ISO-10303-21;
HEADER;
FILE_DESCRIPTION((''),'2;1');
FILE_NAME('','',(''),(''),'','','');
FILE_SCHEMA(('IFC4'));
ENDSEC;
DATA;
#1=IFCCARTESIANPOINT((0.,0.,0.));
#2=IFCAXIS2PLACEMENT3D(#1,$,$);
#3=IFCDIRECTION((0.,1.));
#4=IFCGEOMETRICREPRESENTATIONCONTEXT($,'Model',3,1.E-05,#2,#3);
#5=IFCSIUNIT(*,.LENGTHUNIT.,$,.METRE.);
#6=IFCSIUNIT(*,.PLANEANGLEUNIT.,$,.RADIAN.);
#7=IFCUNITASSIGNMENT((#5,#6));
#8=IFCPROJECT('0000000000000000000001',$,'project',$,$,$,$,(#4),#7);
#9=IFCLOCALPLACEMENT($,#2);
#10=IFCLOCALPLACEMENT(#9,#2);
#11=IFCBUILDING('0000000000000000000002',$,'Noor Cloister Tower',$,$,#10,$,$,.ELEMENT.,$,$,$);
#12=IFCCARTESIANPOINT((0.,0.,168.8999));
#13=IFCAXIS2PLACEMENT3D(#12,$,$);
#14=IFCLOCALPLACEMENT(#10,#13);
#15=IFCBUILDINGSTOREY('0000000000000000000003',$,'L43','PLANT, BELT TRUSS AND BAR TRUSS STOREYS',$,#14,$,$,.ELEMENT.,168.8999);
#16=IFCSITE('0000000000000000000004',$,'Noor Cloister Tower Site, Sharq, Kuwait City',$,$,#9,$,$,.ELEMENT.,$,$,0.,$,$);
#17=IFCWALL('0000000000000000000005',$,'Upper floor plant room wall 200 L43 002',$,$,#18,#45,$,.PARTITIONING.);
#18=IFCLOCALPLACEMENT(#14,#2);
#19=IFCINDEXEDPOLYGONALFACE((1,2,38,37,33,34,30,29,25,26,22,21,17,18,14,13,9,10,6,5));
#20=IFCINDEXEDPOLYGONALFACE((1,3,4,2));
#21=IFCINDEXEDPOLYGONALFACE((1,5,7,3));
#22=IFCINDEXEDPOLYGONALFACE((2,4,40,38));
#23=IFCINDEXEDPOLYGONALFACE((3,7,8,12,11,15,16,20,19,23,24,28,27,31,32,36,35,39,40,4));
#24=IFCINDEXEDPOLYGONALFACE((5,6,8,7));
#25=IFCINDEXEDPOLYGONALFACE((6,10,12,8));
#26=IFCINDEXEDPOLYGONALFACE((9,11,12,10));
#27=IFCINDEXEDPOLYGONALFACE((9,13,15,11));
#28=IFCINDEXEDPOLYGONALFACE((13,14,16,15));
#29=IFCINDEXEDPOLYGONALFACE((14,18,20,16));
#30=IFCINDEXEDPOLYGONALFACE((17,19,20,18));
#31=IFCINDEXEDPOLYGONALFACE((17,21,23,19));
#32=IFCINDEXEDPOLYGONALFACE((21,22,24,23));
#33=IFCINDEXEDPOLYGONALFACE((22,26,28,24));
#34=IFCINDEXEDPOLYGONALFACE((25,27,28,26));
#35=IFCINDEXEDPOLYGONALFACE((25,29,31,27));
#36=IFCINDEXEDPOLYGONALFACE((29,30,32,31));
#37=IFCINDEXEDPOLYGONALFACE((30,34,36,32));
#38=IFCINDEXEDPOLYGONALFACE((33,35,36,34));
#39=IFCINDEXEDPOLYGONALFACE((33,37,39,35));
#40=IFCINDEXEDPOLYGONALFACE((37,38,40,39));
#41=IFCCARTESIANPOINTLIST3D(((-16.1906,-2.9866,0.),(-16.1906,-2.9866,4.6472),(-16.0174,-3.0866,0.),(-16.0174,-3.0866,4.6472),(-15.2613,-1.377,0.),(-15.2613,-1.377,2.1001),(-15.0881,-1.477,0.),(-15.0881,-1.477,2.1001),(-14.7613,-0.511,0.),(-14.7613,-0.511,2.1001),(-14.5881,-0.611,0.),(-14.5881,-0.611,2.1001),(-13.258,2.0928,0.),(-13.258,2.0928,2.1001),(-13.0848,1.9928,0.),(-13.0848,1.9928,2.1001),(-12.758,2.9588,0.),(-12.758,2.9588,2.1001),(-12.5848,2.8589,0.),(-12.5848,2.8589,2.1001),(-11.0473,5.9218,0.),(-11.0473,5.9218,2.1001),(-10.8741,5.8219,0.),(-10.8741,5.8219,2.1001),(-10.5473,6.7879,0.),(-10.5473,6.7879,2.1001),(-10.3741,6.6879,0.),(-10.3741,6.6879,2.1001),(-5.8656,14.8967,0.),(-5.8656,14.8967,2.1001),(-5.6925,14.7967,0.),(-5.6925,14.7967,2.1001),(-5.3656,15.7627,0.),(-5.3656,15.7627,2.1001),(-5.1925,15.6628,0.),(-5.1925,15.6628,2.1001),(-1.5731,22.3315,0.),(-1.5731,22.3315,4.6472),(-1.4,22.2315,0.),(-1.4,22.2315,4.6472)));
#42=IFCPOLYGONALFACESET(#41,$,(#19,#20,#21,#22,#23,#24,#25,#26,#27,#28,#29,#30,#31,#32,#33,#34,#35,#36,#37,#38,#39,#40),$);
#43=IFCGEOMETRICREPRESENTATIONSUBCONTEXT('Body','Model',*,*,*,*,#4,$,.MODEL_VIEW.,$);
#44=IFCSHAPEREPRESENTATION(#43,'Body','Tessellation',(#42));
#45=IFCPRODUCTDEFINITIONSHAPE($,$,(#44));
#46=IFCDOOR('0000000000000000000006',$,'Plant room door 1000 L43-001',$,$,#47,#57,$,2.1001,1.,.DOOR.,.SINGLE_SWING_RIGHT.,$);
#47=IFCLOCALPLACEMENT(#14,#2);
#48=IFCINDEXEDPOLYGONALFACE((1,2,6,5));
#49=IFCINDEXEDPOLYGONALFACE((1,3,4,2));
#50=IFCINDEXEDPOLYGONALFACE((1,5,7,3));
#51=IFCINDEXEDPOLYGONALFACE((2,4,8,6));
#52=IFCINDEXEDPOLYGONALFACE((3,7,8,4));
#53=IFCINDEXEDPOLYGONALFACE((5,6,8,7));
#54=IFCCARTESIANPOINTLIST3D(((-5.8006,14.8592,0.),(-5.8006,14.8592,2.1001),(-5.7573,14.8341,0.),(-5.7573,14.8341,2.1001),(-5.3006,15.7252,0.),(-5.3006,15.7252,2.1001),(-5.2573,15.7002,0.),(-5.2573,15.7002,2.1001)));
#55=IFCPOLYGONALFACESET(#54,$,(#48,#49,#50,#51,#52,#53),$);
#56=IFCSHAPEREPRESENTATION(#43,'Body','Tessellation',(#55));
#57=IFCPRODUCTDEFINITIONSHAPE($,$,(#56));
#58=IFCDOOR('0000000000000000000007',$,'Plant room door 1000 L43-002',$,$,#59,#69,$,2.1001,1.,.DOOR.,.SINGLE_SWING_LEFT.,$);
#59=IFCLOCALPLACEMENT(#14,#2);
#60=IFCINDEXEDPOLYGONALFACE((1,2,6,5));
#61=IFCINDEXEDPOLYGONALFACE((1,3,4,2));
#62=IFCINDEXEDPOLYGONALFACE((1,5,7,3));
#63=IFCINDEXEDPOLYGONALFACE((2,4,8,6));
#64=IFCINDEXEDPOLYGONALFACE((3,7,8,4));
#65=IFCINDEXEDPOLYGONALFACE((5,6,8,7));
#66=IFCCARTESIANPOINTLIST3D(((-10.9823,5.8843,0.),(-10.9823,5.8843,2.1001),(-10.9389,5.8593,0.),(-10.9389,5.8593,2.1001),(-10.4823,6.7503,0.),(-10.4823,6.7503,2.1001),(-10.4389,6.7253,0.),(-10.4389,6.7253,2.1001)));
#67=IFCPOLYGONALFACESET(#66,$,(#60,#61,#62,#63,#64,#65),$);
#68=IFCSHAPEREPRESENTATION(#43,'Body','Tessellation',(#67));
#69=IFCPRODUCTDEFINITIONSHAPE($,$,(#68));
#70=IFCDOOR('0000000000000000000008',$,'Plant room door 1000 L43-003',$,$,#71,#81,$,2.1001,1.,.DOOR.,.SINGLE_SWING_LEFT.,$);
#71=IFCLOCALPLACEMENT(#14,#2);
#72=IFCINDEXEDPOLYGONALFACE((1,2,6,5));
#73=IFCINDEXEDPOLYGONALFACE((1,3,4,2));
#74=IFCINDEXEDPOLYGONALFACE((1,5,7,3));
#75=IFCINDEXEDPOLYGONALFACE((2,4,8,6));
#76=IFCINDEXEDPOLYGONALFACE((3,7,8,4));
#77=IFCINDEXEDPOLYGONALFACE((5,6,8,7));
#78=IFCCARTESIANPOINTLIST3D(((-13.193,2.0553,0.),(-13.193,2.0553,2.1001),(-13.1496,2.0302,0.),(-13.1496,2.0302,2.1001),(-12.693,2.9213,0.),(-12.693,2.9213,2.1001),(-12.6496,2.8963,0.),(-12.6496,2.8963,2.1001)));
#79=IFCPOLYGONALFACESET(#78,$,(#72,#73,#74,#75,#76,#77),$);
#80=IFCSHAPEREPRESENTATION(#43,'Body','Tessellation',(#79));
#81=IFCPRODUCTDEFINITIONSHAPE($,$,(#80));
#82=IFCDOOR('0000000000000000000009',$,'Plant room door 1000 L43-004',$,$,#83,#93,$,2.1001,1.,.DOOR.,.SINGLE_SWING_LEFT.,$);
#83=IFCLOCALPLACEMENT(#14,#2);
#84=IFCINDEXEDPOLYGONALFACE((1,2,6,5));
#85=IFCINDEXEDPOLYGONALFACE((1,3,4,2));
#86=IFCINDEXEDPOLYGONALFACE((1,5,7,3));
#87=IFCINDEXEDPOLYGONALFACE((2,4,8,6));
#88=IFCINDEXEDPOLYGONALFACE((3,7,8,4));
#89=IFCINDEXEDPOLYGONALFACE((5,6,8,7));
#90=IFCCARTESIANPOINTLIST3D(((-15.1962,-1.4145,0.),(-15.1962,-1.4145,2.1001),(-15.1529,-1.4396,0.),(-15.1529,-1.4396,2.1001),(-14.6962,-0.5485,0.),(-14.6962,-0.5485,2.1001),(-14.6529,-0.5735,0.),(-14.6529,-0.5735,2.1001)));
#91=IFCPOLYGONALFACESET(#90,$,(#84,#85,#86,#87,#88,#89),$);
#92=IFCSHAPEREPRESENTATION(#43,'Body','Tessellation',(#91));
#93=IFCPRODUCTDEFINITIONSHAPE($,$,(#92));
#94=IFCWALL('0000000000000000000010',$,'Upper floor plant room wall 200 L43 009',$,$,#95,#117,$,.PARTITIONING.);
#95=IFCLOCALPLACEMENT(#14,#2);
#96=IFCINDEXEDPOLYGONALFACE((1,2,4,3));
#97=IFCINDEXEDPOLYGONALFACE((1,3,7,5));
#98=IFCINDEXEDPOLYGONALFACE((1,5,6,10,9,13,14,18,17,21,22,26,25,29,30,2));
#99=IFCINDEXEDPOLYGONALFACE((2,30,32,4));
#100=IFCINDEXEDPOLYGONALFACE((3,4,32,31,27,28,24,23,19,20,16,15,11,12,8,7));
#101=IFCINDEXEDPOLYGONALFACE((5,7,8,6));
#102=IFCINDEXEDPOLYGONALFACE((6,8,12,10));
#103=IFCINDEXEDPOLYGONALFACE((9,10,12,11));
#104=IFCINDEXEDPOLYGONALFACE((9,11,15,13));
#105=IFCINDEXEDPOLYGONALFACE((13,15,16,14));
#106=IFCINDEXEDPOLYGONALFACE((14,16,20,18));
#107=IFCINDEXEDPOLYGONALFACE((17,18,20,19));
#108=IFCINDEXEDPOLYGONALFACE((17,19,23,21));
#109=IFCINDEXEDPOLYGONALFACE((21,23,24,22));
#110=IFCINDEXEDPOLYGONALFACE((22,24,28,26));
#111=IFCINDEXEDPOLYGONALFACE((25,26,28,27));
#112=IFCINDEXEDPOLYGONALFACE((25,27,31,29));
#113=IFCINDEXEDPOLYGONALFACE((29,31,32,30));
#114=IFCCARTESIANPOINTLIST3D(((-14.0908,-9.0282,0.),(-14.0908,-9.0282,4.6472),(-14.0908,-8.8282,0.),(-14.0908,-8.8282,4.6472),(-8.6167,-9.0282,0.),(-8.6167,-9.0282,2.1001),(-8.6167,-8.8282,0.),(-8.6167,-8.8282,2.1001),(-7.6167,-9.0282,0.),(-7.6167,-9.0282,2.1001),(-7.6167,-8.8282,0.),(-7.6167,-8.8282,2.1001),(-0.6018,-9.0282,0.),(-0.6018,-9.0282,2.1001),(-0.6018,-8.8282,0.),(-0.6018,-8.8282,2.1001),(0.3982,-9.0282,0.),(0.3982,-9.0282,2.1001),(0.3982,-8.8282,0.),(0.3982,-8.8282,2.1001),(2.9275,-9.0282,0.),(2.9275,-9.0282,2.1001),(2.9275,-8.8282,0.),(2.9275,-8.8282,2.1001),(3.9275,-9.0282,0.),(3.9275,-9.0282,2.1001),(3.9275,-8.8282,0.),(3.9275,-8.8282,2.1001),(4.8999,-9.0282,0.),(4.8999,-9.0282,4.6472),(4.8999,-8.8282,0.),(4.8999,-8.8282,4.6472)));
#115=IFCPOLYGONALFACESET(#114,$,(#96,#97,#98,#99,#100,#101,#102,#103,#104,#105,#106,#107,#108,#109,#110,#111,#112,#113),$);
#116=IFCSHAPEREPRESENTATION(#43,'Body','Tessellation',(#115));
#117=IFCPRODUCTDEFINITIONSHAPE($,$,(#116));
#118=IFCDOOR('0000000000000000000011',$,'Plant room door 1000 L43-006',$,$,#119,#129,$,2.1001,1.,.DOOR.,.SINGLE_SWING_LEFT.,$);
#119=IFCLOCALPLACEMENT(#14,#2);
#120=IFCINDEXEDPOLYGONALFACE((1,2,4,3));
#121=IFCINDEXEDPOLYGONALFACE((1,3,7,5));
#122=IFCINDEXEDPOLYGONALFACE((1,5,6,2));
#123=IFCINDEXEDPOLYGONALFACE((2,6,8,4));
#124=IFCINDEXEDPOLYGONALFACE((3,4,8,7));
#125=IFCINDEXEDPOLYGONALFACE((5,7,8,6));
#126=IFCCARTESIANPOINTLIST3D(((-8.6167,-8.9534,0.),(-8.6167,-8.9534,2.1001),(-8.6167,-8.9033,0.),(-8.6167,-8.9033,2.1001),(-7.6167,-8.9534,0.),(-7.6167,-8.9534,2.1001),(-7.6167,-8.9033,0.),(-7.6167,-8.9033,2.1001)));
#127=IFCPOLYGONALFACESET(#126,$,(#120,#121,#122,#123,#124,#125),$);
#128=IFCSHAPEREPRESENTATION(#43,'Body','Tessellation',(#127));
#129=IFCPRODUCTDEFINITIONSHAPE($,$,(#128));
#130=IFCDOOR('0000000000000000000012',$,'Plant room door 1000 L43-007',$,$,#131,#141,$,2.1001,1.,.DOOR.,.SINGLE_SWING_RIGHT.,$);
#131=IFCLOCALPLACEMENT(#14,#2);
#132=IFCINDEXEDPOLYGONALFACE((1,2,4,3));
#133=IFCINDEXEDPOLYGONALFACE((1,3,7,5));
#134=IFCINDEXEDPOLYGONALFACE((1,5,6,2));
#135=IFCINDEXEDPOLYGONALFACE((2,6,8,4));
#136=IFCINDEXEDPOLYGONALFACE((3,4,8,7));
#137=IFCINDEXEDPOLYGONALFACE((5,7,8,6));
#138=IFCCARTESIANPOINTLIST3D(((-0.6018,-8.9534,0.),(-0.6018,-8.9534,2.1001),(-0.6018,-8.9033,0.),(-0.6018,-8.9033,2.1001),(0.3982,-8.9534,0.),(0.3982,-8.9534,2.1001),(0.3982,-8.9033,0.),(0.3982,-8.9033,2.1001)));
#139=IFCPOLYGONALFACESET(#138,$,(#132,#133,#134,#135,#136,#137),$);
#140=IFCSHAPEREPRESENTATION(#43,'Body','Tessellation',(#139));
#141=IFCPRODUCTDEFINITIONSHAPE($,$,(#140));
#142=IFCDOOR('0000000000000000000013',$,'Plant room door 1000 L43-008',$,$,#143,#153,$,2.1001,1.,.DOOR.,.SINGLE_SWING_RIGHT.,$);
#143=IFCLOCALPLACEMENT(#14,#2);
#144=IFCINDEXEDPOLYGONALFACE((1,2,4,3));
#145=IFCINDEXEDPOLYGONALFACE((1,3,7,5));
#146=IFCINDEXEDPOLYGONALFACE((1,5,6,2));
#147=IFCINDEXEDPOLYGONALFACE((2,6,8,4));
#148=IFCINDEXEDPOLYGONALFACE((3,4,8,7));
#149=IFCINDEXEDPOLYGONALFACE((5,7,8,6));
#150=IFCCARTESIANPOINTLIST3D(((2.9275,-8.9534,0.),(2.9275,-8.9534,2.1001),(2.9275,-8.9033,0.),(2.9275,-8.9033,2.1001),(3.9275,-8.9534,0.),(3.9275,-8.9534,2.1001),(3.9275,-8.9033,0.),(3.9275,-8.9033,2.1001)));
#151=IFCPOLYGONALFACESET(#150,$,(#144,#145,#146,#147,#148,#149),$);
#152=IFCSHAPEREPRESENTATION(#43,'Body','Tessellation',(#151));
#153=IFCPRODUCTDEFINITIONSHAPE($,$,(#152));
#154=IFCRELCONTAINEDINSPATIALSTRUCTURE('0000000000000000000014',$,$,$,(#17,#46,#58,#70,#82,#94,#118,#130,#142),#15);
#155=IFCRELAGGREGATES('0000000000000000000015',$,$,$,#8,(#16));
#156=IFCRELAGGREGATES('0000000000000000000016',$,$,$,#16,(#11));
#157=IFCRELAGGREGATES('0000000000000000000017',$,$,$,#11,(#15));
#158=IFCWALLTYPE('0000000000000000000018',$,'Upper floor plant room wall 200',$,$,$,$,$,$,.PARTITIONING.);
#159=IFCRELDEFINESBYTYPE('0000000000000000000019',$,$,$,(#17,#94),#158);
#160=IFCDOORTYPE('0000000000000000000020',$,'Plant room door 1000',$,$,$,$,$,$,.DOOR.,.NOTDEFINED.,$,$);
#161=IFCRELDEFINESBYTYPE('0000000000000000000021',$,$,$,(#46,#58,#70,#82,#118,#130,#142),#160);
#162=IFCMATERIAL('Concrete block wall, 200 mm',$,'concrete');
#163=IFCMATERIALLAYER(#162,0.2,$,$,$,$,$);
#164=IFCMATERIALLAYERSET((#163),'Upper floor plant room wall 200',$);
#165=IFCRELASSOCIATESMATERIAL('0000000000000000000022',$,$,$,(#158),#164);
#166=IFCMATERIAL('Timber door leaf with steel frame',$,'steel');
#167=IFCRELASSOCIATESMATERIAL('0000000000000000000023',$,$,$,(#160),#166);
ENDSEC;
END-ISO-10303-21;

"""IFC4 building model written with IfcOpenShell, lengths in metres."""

from ifc_helpers import new_model, si_unit, direction, frame, frame_2d, origin, place, context, subcontext, project, spatial, rectangle, extrude, material, layer, layer_set, type_object, element, fill, save


model = new_model("IFC4")

# Units and contexts
model_context = context("Model", 3, precision=1e-05, world=origin(), true_north=direction((0.0, 1.0)))
body_context = subcontext(model_context, "Body", "Model", "MODEL_VIEW")
ifc_project = project(units=[si_unit("LENGTHUNIT", "METRE"), si_unit("PLANEANGLEUNIT", "RADIAN")], contexts=[model_context])

# Site, building, storey
site_placement = place(None, origin())
site = spatial("IfcSite", under=ifc_project, at=site_placement, Name="Noor Cloister Tower Site, Sharq, Kuwait City", CompositionType="ELEMENT", RefElevation=0.0)
building_placement = place(site_placement, origin())
building = spatial("IfcBuilding", under=site, at=building_placement, Name="Noor Cloister Tower", CompositionType="ELEMENT")
storey_placement = place(building_placement, frame((0.0, 0.0, 168.8999)))
storey = spatial("IfcBuildingStorey", under=building, at=storey_placement, Name="L43", Description="PLANT, BELT TRUSS AND BAR TRUSS STOREYS", CompositionType="ELEMENT", Elevation=168.8999)

# Walls, openings, doors
ifc_material_1 = material(Name="Concrete block wall, 200 mm", Category="concrete")
ifc_layer_1 = layer(ifc_material_1, 0.2)
ifc_layer_set_1 = layer_set([ifc_layer_1], Name="Upper floor plant room wall 200")
wall_type_1 = type_object("IfcWallType", Name="Upper floor plant room wall 200", PredefinedType="PARTITIONING", material=ifc_layer_set_1)
wall_1_placement = place(storey_placement, frame((-16.104, -3.0366, 0.0), z_axis=(0.0, 0.0, 1.0), x_axis=(0.5, 0.866025, 0.0)))
wall_1 = element("IfcWall", 1, at=wall_1_placement, inside=storey, type_object=wall_type_1, Name="Upper floor plant room wall 200 L43 002", PredefinedType="PARTITIONING", context=body_context, shape_type="SweptSolid", body=[
    extrude(rectangle(XDim=29.2349, YDim=0.2, at=frame_2d((14.6174, 0.0))), origin(), (0.0, 0.0, 1.0), 4.6472),
])
opening_1_placement = place(wall_1_placement, frame((20.6499, 0.0, 0.0)))
opening_1 = element("IfcOpeningElement", 2, at=opening_1_placement, cuts=wall_1, PredefinedType="OPENING", context=body_context, shape_type="SweptSolid", body=[
    extrude(rectangle(XDim=1.0, YDim=2.1001, at=frame_2d((0.5, 1.05))), frame((0.0, 0.1099, 0.0), z_axis=(0.0, -1.0, 0.0), x_axis=(1.0, 0.0, 0.0)), (0.0, 0.0, 1.0), 0.22),
])
opening_2_placement = place(wall_1_placement, frame((10.2866, 0.0, 0.0)))
opening_2 = element("IfcOpeningElement", 3, at=opening_2_placement, cuts=wall_1, PredefinedType="OPENING", context=body_context, shape_type="SweptSolid", body=[
    extrude(rectangle(XDim=1.0, YDim=2.1001, at=frame_2d((0.5, 1.05))), frame((0.0, 0.1099, 0.0), z_axis=(0.0, -1.0, 0.0), x_axis=(1.0, 0.0, 0.0)), (0.0, 0.0, 1.0), 0.22),
])
opening_3_placement = place(wall_1_placement, frame((5.8652, 0.0, 0.0)))
opening_3 = element("IfcOpeningElement", 4, at=opening_3_placement, cuts=wall_1, PredefinedType="OPENING", context=body_context, shape_type="SweptSolid", body=[
    extrude(rectangle(XDim=1.0, YDim=2.1001, at=frame_2d((0.5, 1.05))), frame((0.0, 0.1099, 0.0), z_axis=(0.0, -1.0, 0.0), x_axis=(1.0, 0.0, 0.0)), (0.0, 0.0, 1.0), 0.22),
])
opening_4_placement = place(wall_1_placement, frame((1.8586, 0.0, 0.0)))
opening_4 = element("IfcOpeningElement", 5, at=opening_4_placement, cuts=wall_1, PredefinedType="OPENING", context=body_context, shape_type="SweptSolid", body=[
    extrude(rectangle(XDim=1.0, YDim=2.1001, at=frame_2d((0.5, 1.05))), frame((0.0, 0.1099, 0.0), z_axis=(0.0, -1.0, 0.0), x_axis=(1.0, 0.0, 0.0)), (0.0, 0.0, 1.0), 0.22),
])
ifc_material_2 = material(Name="Timber door leaf with steel frame", Category="steel")
door_type_1 = type_object("IfcDoorType", Name="Plant room door 1000", OperationType="NOTDEFINED", PredefinedType="DOOR", material=ifc_material_2)
door_1_placement = place(opening_1_placement, origin())
door_1 = element("IfcDoor", 6, at=door_1_placement, inside=storey, type_object=door_type_1, Name="Plant room door 1000 L43-001", OperationType="SINGLE_SWING_RIGHT", OverallHeight=2.1001, OverallWidth=1.0, PredefinedType="DOOR", context=body_context, shape_type="SweptSolid", body=[
    extrude(rectangle(XDim=1.0, YDim=2.1001, at=frame_2d((0.5, 1.05))), frame((0.0, 0.0249, 0.0), z_axis=(0.0, -1.0, 0.0), x_axis=(1.0, 0.0, 0.0)), (0.0, 0.0, 1.0), 0.05),
])
fill(opening_1, door_1)
door_2_placement = place(opening_2_placement, origin())
door_2 = element("IfcDoor", 7, at=door_2_placement, inside=storey, type_object=door_type_1, Name="Plant room door 1000 L43-002", OperationType="SINGLE_SWING_LEFT", OverallHeight=2.1001, OverallWidth=1.0, PredefinedType="DOOR", context=body_context, shape_type="SweptSolid", body=[
    extrude(rectangle(XDim=1.0, YDim=2.1001, at=frame_2d((0.5, 1.05))), frame((0.0, 0.0249, 0.0), z_axis=(0.0, -1.0, 0.0), x_axis=(1.0, 0.0, 0.0)), (0.0, 0.0, 1.0), 0.05),
])
fill(opening_2, door_2)
door_3_placement = place(opening_3_placement, origin())
door_3 = element("IfcDoor", 8, at=door_3_placement, inside=storey, type_object=door_type_1, Name="Plant room door 1000 L43-003", OperationType="SINGLE_SWING_LEFT", OverallHeight=2.1001, OverallWidth=1.0, PredefinedType="DOOR", context=body_context, shape_type="SweptSolid", body=[
    extrude(rectangle(XDim=1.0, YDim=2.1001, at=frame_2d((0.5, 1.05))), frame((0.0, 0.0249, 0.0), z_axis=(0.0, -1.0, 0.0), x_axis=(1.0, 0.0, 0.0)), (0.0, 0.0, 1.0), 0.05),
])
fill(opening_3, door_3)
door_4_placement = place(opening_4_placement, origin())
door_4 = element("IfcDoor", 9, at=door_4_placement, inside=storey, type_object=door_type_1, Name="Plant room door 1000 L43-004", OperationType="SINGLE_SWING_LEFT", OverallHeight=2.1001, OverallWidth=1.0, PredefinedType="DOOR", context=body_context, shape_type="SweptSolid", body=[
    extrude(rectangle(XDim=1.0, YDim=2.1001, at=frame_2d((0.5, 1.05))), frame((0.0, 0.0249, 0.0), z_axis=(0.0, -1.0, 0.0), x_axis=(1.0, 0.0, 0.0)), (0.0, 0.0, 1.0), 0.05),
])
fill(opening_4, door_4)
wall_2_placement = place(storey_placement, frame((-14.0908, -8.9282, 0.0), z_axis=(0.0, 0.0, 1.0), x_axis=(1.0, 0.0, 0.0)))
wall_2 = element("IfcWall", 10, at=wall_2_placement, inside=storey, type_object=wall_type_1, Name="Upper floor plant room wall 200 L43 009", PredefinedType="PARTITIONING", context=body_context, shape_type="SweptSolid", body=[
    extrude(rectangle(XDim=18.9907, YDim=0.2, at=frame_2d((9.4954, 0.0))), origin(), (0.0, 0.0, 1.0), 4.6472),
])
opening_5_placement = place(wall_2_placement, frame((5.4741, 0.0, 0.0)))
opening_5 = element("IfcOpeningElement", 11, at=opening_5_placement, cuts=wall_2, PredefinedType="OPENING", context=body_context, shape_type="SweptSolid", body=[
    extrude(rectangle(XDim=1.0, YDim=2.1001, at=frame_2d((0.5, 1.05))), frame((0.0, 0.1099, 0.0), z_axis=(0.0, -1.0, 0.0), x_axis=(1.0, 0.0, 0.0)), (0.0, 0.0, 1.0), 0.22),
])
opening_6_placement = place(wall_2_placement, frame((13.489, 0.0, 0.0)))
opening_6 = element("IfcOpeningElement", 12, at=opening_6_placement, cuts=wall_2, PredefinedType="OPENING", context=body_context, shape_type="SweptSolid", body=[
    extrude(rectangle(XDim=1.0, YDim=2.1001, at=frame_2d((0.5, 1.05))), frame((0.0, 0.1099, 0.0), z_axis=(0.0, -1.0, 0.0), x_axis=(1.0, 0.0, 0.0)), (0.0, 0.0, 1.0), 0.22),
])
opening_7_placement = place(wall_2_placement, frame((17.0183, 0.0, 0.0)))
opening_7 = element("IfcOpeningElement", 13, at=opening_7_placement, cuts=wall_2, PredefinedType="OPENING", context=body_context, shape_type="SweptSolid", body=[
    extrude(rectangle(XDim=1.0, YDim=2.1001, at=frame_2d((0.5, 1.05))), frame((0.0, 0.1099, 0.0), z_axis=(0.0, -1.0, 0.0), x_axis=(1.0, 0.0, 0.0)), (0.0, 0.0, 1.0), 0.22),
])
door_5_placement = place(opening_5_placement, origin())
door_5 = element("IfcDoor", 14, at=door_5_placement, inside=storey, type_object=door_type_1, Name="Plant room door 1000 L43-006", OperationType="SINGLE_SWING_LEFT", OverallHeight=2.1001, OverallWidth=1.0, PredefinedType="DOOR", context=body_context, shape_type="SweptSolid", body=[
    extrude(rectangle(XDim=1.0, YDim=2.1001, at=frame_2d((0.5, 1.05))), frame((0.0, 0.0249, 0.0), z_axis=(0.0, -1.0, 0.0), x_axis=(1.0, 0.0, 0.0)), (0.0, 0.0, 1.0), 0.05),
])
fill(opening_5, door_5)
door_6_placement = place(opening_6_placement, origin())
door_6 = element("IfcDoor", 15, at=door_6_placement, inside=storey, type_object=door_type_1, Name="Plant room door 1000 L43-007", OperationType="SINGLE_SWING_RIGHT", OverallHeight=2.1001, OverallWidth=1.0, PredefinedType="DOOR", context=body_context, shape_type="SweptSolid", body=[
    extrude(rectangle(XDim=1.0, YDim=2.1001, at=frame_2d((0.5, 1.05))), frame((0.0, 0.0249, 0.0), z_axis=(0.0, -1.0, 0.0), x_axis=(1.0, 0.0, 0.0)), (0.0, 0.0, 1.0), 0.05),
])
fill(opening_6, door_6)
door_7_placement = place(opening_7_placement, origin())
door_7 = element("IfcDoor", 16, at=door_7_placement, inside=storey, type_object=door_type_1, Name="Plant room door 1000 L43-008", OperationType="SINGLE_SWING_RIGHT", OverallHeight=2.1001, OverallWidth=1.0, PredefinedType="DOOR", context=body_context, shape_type="SweptSolid", body=[
    extrude(rectangle(XDim=1.0, YDim=2.1001, at=frame_2d((0.5, 1.05))), frame((0.0, 0.0249, 0.0), z_axis=(0.0, -1.0, 0.0), x_axis=(1.0, 0.0, 0.0)), (0.0, 0.0, 1.0), 0.05),
])
fill(opening_7, door_7)

save(model, "model.ifc")
